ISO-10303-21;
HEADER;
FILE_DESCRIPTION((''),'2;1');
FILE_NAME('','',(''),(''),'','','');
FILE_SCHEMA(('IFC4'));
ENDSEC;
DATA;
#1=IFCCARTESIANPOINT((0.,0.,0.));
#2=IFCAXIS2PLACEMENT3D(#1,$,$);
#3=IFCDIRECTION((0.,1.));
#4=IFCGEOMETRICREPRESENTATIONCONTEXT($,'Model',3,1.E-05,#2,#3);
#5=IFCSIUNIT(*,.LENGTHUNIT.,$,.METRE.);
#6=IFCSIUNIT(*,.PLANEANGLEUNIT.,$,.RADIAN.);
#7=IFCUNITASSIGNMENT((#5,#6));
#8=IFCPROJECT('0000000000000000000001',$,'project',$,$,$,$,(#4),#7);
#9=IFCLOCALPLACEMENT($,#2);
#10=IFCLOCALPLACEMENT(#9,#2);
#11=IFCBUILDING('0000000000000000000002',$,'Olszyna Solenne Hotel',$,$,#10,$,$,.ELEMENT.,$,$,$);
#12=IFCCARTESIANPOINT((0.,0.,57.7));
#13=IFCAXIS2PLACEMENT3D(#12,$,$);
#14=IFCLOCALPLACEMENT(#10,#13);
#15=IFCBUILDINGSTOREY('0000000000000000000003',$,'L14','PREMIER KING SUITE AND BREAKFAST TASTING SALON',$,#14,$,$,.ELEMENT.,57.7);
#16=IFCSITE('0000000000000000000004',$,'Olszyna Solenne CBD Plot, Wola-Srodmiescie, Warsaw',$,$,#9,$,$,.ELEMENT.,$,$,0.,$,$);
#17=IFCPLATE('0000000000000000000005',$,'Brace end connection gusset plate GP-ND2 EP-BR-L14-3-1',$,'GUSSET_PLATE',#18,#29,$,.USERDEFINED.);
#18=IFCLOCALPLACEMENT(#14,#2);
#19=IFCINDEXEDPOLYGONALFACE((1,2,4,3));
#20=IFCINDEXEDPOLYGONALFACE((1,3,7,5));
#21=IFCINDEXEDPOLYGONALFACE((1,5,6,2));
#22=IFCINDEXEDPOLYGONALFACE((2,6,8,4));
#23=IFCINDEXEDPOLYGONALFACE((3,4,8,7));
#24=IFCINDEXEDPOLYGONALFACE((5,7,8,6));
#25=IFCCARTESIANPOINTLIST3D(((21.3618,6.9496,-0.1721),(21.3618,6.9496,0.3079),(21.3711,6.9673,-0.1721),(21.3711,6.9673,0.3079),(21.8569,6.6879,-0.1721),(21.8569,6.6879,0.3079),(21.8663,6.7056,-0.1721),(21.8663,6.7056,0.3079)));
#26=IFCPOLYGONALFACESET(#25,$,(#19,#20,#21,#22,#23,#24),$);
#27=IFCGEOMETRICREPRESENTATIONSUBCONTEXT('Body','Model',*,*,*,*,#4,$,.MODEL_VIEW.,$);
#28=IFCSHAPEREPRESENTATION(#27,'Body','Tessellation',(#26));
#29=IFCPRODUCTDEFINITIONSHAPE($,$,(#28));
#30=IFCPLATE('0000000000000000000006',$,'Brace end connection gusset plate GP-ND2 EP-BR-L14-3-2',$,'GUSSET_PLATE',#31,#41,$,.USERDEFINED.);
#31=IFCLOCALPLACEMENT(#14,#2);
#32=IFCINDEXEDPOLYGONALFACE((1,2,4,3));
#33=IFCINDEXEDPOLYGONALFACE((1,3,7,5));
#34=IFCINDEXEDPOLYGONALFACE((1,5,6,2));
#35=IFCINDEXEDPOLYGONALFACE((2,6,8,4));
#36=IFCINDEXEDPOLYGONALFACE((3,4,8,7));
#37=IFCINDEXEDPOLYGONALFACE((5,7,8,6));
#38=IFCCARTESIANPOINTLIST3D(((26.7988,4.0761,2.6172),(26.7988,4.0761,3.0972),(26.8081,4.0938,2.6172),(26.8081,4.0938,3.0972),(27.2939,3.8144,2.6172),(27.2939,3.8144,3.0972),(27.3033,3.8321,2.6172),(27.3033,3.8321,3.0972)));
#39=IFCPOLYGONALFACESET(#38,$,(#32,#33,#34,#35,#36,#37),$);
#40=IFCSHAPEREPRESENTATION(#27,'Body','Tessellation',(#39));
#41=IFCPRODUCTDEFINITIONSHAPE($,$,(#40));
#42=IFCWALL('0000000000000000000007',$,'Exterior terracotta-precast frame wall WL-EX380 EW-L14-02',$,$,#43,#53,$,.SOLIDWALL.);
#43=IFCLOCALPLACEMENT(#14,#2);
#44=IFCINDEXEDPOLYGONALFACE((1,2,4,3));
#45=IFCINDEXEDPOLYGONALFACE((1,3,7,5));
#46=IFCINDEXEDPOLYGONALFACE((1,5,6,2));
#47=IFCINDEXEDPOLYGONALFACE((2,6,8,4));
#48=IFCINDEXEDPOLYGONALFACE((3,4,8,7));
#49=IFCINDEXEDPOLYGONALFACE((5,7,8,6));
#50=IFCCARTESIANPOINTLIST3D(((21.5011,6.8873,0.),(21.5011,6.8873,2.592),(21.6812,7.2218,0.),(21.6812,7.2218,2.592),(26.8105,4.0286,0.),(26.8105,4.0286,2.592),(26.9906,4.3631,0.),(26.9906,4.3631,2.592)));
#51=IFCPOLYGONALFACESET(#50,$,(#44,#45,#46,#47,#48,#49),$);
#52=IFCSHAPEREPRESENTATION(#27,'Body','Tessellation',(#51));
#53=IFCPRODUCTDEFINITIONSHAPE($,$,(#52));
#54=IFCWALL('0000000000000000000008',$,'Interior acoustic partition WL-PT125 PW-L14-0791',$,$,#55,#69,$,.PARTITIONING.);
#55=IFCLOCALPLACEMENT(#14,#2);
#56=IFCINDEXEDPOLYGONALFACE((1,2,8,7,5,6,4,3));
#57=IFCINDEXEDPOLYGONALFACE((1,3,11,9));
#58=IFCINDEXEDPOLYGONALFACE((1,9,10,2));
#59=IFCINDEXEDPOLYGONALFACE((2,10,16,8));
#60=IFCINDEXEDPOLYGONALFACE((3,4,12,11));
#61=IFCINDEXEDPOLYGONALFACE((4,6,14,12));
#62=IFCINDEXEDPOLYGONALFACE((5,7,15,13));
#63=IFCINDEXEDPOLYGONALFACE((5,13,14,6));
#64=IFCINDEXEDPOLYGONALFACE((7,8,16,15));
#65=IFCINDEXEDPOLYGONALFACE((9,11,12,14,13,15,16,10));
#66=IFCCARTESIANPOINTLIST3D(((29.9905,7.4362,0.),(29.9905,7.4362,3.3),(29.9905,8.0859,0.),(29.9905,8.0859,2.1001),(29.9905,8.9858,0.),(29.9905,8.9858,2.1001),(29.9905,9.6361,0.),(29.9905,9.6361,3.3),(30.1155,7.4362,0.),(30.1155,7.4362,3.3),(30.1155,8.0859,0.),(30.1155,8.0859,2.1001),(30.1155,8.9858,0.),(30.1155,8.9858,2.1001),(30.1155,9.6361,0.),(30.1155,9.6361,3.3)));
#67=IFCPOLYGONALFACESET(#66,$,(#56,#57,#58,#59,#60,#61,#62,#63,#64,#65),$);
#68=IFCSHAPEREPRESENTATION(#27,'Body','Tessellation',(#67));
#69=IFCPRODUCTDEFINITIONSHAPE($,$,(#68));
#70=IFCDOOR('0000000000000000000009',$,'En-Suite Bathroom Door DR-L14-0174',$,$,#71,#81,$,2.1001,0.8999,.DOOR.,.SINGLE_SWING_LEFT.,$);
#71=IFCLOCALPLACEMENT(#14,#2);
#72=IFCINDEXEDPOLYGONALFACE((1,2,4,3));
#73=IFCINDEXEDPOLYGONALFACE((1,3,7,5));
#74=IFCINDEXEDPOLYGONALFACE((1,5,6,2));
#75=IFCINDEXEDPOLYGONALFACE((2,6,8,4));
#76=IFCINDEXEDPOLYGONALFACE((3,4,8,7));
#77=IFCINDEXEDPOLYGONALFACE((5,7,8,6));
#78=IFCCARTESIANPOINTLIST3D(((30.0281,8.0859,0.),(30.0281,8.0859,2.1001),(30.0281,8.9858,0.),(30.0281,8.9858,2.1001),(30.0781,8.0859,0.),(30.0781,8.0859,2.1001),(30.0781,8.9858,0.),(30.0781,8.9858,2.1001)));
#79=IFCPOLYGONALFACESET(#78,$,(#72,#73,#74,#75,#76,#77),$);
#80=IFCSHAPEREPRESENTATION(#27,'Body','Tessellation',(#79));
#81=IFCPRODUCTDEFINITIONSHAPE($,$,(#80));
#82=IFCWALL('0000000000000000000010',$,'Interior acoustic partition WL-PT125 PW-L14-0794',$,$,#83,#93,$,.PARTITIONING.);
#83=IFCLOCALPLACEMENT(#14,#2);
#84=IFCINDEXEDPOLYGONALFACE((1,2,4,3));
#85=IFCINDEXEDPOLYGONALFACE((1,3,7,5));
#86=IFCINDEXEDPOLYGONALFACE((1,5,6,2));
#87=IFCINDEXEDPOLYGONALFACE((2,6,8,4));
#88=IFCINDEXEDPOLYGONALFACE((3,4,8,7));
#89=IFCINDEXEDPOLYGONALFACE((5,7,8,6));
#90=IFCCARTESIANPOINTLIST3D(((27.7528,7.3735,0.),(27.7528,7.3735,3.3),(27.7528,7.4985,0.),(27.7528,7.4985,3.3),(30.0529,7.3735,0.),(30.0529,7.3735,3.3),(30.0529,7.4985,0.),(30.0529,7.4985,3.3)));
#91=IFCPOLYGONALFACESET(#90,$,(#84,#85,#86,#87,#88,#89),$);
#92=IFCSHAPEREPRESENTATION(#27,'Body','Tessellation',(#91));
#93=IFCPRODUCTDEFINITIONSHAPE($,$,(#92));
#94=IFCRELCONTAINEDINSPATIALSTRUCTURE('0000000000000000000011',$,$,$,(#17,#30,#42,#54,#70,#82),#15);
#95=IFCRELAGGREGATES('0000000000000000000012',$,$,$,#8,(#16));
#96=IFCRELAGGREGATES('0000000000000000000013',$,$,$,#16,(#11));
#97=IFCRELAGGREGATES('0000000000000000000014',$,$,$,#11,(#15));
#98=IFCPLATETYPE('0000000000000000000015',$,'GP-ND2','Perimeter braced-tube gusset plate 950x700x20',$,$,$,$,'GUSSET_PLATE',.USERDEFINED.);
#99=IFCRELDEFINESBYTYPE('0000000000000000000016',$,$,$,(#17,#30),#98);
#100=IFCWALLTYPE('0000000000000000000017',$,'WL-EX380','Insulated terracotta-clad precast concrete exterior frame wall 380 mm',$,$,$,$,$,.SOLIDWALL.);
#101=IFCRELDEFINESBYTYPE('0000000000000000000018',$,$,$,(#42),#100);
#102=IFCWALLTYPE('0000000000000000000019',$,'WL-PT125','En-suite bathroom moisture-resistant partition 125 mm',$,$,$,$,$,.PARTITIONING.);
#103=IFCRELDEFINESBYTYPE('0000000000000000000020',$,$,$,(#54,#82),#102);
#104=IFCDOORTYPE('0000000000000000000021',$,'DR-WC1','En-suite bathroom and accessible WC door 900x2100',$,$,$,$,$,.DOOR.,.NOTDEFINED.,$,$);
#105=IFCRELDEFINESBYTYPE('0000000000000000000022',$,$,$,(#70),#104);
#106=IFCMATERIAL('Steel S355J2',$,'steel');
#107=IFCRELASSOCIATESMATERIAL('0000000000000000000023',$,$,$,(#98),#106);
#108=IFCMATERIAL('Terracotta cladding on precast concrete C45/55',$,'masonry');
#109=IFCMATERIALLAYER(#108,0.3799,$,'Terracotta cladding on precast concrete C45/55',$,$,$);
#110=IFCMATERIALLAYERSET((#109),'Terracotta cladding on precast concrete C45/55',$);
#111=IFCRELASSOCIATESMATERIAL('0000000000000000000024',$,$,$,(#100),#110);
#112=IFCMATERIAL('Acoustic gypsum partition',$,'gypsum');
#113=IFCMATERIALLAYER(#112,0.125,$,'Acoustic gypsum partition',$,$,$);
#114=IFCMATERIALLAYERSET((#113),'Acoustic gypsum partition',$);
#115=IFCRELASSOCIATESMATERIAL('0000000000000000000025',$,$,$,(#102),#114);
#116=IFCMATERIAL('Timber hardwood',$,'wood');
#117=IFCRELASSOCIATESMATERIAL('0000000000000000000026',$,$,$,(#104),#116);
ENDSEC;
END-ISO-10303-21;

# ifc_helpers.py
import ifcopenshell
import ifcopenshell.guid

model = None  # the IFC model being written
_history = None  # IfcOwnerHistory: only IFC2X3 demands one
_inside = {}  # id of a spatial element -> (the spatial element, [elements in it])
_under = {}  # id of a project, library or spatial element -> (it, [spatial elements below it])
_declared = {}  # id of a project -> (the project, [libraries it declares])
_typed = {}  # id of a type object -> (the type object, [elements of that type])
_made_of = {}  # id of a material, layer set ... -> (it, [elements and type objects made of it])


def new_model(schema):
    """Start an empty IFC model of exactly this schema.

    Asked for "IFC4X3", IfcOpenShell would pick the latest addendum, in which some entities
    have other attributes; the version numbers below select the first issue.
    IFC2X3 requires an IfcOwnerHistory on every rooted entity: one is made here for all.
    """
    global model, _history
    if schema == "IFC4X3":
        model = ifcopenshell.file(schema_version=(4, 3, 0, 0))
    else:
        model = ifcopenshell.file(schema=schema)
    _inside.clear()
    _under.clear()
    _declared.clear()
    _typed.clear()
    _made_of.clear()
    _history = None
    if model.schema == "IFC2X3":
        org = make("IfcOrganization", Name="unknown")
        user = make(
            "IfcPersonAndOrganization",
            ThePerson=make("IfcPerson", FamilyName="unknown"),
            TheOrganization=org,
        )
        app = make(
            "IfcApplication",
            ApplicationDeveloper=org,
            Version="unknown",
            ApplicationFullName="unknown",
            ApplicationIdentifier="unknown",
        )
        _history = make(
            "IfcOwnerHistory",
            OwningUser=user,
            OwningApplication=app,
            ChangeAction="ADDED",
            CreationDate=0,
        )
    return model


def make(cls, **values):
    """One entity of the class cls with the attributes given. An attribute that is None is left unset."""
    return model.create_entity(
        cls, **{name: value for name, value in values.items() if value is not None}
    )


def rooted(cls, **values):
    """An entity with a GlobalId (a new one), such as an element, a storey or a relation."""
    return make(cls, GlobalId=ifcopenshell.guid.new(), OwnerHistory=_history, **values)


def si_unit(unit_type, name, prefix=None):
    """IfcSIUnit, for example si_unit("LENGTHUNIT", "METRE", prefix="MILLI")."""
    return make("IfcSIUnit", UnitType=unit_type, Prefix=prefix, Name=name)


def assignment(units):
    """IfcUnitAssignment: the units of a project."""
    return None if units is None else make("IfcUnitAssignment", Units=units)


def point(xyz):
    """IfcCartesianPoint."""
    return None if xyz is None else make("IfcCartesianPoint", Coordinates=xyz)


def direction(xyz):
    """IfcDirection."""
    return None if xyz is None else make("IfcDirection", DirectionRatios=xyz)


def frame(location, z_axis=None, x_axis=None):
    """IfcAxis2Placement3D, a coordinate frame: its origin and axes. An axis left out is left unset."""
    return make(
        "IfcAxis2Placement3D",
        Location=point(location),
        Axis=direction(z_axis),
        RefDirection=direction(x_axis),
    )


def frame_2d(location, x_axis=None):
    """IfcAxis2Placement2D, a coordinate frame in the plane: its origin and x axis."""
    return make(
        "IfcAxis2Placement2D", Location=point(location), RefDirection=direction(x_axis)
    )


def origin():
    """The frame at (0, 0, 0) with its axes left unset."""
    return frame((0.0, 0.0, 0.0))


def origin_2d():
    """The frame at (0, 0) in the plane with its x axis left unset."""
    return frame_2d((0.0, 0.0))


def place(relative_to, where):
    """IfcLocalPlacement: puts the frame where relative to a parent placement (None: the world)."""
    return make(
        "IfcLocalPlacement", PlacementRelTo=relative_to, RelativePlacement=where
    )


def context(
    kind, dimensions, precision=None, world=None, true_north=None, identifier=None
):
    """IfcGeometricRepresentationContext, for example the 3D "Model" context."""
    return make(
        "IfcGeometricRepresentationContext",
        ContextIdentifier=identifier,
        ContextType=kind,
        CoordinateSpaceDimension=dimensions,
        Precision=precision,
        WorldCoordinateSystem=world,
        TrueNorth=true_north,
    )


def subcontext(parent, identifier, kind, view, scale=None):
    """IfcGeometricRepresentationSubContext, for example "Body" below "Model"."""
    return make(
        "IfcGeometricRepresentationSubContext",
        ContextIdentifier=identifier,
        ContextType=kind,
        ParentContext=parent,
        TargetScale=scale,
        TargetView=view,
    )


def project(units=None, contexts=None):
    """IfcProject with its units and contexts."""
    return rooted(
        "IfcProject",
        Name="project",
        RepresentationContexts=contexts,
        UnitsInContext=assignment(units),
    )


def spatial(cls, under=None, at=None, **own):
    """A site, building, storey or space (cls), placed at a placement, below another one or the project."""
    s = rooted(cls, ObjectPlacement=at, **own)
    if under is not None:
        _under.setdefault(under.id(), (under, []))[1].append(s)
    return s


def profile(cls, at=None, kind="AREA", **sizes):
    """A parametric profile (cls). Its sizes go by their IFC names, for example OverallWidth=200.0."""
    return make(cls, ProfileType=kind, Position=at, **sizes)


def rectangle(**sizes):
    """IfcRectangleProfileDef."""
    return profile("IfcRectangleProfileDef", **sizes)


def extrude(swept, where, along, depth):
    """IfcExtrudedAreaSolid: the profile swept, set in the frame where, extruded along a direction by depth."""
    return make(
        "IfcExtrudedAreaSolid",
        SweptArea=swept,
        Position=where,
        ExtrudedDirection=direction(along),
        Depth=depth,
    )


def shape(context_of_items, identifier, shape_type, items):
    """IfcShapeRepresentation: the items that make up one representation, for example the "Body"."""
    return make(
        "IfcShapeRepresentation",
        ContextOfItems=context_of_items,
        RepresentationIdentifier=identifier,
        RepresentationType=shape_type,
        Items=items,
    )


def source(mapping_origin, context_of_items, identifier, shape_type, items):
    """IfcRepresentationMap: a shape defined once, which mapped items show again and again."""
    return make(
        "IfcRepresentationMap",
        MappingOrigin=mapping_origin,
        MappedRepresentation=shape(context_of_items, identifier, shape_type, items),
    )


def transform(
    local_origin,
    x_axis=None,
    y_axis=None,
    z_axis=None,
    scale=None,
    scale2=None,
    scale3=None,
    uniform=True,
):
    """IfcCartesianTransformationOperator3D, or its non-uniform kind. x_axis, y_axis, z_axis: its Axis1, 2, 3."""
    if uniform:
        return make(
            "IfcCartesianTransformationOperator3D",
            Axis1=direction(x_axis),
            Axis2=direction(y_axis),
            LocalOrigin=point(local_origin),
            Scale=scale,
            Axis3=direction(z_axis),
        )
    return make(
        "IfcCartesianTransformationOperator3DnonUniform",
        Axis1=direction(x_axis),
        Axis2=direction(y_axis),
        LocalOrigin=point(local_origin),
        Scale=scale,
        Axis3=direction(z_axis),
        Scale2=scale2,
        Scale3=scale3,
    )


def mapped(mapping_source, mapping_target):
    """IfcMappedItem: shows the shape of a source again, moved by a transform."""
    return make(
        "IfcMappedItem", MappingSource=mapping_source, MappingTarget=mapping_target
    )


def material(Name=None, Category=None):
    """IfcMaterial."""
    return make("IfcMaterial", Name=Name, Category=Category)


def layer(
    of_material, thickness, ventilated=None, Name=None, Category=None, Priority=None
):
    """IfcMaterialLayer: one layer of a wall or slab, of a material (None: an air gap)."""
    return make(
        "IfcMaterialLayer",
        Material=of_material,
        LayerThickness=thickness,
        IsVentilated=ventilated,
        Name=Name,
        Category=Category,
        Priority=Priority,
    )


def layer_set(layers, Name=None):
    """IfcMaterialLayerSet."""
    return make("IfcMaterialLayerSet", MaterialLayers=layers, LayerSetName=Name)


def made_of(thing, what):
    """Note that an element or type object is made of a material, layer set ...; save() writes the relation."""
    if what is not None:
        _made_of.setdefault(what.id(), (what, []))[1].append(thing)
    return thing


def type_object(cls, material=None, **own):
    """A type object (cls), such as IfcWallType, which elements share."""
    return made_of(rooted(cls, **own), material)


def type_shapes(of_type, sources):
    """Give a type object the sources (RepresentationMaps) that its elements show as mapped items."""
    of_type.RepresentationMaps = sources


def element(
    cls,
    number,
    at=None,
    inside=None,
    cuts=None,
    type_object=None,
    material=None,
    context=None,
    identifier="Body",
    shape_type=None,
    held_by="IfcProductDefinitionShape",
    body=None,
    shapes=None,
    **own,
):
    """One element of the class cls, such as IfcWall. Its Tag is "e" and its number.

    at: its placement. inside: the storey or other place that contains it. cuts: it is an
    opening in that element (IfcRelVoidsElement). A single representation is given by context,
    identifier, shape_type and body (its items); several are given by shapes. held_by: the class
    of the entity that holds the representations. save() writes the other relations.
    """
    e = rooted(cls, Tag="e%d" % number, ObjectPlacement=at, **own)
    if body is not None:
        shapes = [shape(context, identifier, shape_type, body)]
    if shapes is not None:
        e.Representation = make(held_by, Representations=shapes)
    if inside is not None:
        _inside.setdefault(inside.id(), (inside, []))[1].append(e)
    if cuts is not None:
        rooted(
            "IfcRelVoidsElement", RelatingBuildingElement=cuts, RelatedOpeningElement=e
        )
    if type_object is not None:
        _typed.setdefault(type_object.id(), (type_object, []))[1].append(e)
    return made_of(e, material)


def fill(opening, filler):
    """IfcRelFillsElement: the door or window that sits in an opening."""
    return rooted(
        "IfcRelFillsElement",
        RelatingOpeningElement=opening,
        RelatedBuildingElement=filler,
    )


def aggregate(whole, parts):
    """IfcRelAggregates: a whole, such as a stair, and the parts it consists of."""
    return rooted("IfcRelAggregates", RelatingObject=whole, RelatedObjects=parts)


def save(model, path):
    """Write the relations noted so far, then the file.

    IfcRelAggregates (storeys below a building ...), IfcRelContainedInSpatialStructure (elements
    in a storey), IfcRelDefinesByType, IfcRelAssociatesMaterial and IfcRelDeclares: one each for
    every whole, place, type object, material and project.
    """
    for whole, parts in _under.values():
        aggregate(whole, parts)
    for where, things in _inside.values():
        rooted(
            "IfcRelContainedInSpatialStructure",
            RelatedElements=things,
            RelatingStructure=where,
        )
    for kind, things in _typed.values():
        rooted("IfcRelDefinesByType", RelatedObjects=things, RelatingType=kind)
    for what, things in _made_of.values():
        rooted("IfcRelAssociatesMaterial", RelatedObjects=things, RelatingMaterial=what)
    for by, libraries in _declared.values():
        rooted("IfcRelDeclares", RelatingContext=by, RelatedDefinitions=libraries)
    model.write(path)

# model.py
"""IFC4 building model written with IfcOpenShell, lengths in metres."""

from ifc_helpers import new_model, si_unit, direction, frame, frame_2d, origin, origin_2d, place, context, subcontext, project, spatial, rectangle, extrude, source, transform, mapped, material, layer, layer_set, type_object, type_shapes, element, fill, save


model = new_model("IFC4")

# Units and contexts
model_context = context("Model", 3, precision=1e-05, world=origin(), true_north=direction((0.0, 1.0)))
body_context = subcontext(model_context, "Body", "Model", "MODEL_VIEW")
ifc_project = project(units=[si_unit("LENGTHUNIT", "METRE"), si_unit("PLANEANGLEUNIT", "RADIAN")], contexts=[model_context])

# Site, building, storey
site_placement = place(None, origin())
site = spatial("IfcSite", under=ifc_project, at=site_placement, Name="Olszyna Solenne CBD Plot, Wola-Srodmiescie, Warsaw", CompositionType="ELEMENT", RefElevation=0.0)
building_placement = place(site_placement, origin())
building = spatial("IfcBuilding", under=site, at=building_placement, Name="Olszyna Solenne Hotel", CompositionType="ELEMENT")
storey_placement = place(building_placement, frame((0.0, 0.0, 57.7)))
storey = spatial("IfcBuildingStorey", under=building, at=storey_placement, Name="L14", Description="PREMIER KING SUITE AND BREAKFAST TASTING SALON", CompositionType="ELEMENT", Elevation=57.7)

# Shared definitions
ifc_material_1 = material(Name="Steel S355J2", Category="steel")

# Plates
plate_type = type_object("IfcPlateType", Name="GP-ND2", Description="Perimeter braced-tube gusset plate 950x700x20", ElementType="GUSSET_PLATE", PredefinedType="USERDEFINED", material=ifc_material_1)
shared_shape_1 = source(origin(), body_context, "Body", "SweptSolid", [
    extrude(rectangle(XDim=0.5601, YDim=0.02, at=origin_2d()), origin(), (0.0, 0.0, 1.0), 0.48),
])
for number, where, z_axis, x_axis, name in (
    (1, (21.614, 6.8276, -0.1721), (0.0, 0.0, 1.0), (0.884092, -0.467313, 0.0), "Brace end connection gusset plate GP-ND2 EP-BR-L14-3-1"),
    (2, (27.051, 3.9541, 2.6172), (0.0, 0.0, 1.0), (0.884092, -0.467313, 0.0), "Brace end connection gusset plate GP-ND2 EP-BR-L14-3-2"),
):
    element("IfcPlate", number, at=place(storey_placement, frame(where, z_axis=z_axis, x_axis=x_axis)), inside=storey, type_object=plate_type, Name=name, ObjectType="GUSSET_PLATE", PredefinedType="USERDEFINED", context=body_context, shape_type="MappedRepresentation", body=[
        mapped(shared_shape_1, transform((0.0, 0.0, 0.0), x_axis=(1.0, 0.0, 0.0), y_axis=(0.0, 1.0, 0.0), z_axis=(0.0, 0.0, 1.0), scale=1.0)),
    ])

# Wall
ifc_material_2 = material(Name="Terracotta cladding on precast concrete C45/55", Category="masonry")
ifc_layer_1 = layer(ifc_material_2, 0.3799, Name="Terracotta cladding on precast concrete C45/55")
ifc_layer_set_1 = layer_set([ifc_layer_1], Name="Terracotta cladding on precast concrete C45/55")
wall_type_1 = type_object("IfcWallType", Name="WL-EX380", Description="Insulated terracotta-clad precast concrete exterior frame wall 380 mm", PredefinedType="SOLIDWALL", material=ifc_layer_set_1)
wall_1_placement = place(storey_placement, frame((26.9006, 4.1958, 0.0), z_axis=(0.0, 0.0, 1.0), x_axis=(-0.880487, 0.474071, 0.0)))
element("IfcWall", 3, at=wall_1_placement, inside=storey, type_object=wall_type_1, Name="Exterior terracotta-precast frame wall WL-EX380 EW-L14-02", PredefinedType="SOLIDWALL", context=body_context, shape_type="SweptSolid", body=[
    extrude(rectangle(XDim=6.03, YDim=0.3799, at=frame_2d((3.0151, 0.0))), origin(), (0.0, 0.0, 1.0), 2.592),
])

# Wall, opening, door
ifc_material_3 = material(Name="Acoustic gypsum partition", Category="gypsum")
ifc_layer_2 = layer(ifc_material_3, 0.125, Name="Acoustic gypsum partition")
ifc_layer_set_2 = layer_set([ifc_layer_2], Name="Acoustic gypsum partition")
wall_type_2 = type_object("IfcWallType", Name="WL-PT125", Description="En-suite bathroom moisture-resistant partition 125 mm", PredefinedType="PARTITIONING", material=ifc_layer_set_2)
wall_2_placement = place(storey_placement, frame((30.053, 7.436, 0.0), z_axis=(0.0, 0.0, 1.0), x_axis=(0.0, 1.0, 0.0)))
wall_2 = element("IfcWall", 4, at=wall_2_placement, inside=storey, type_object=wall_type_2, Name="Interior acoustic partition WL-PT125 PW-L14-0791", PredefinedType="PARTITIONING", context=body_context, shape_type="SweptSolid", body=[
    extrude(rectangle(XDim=2.2, YDim=0.125, at=frame_2d((1.1001, 0.0))), origin(), (0.0, 0.0, 1.0), 3.3),
])
opening_placement = place(wall_2_placement, frame((0.6499, 0.0, 0.0)))
opening = element("IfcOpeningElement", 5, at=opening_placement, cuts=wall_2, PredefinedType="OPENING", context=body_context, shape_type="SweptSolid", body=[
    extrude(rectangle(XDim=0.8999, YDim=2.1001, at=frame_2d((0.45, 1.05))), frame((0.0, 0.0725, 0.0), z_axis=(0.0, -1.0, 0.0), x_axis=(1.0, 0.0, 0.0)), (0.0, 0.0, 1.0), 0.145),
])
ifc_material_4 = material(Name="Timber hardwood", Category="wood")
door_type = type_object("IfcDoorType", Name="DR-WC1", Description="En-suite bathroom and accessible WC door 900x2100", OperationType="NOTDEFINED", PredefinedType="DOOR", material=ifc_material_4)
shared_shape_2 = source(origin(), body_context, "Body", "SweptSolid", [
    extrude(rectangle(XDim=0.8999, YDim=2.1001, at=frame_2d((0.45, 1.05))), frame((0.0, 0.0249, 0.0), z_axis=(0.0, -1.0, 0.0), x_axis=(1.0, 0.0, 0.0)), (0.0, 0.0, 1.0), 0.05),
])
type_shapes(door_type, [shared_shape_2])
door_placement = place(opening_placement, origin())
door = element("IfcDoor", 6, at=door_placement, inside=storey, type_object=door_type, Name="En-Suite Bathroom Door DR-L14-0174", OperationType="SINGLE_SWING_LEFT", OverallHeight=2.1001, OverallWidth=0.8999, PredefinedType="DOOR", context=body_context, shape_type="MappedRepresentation", body=[
    mapped(shared_shape_2, transform((0.0, 0.0, 0.0), x_axis=(1.0, 0.0, 0.0), y_axis=(0.0, 1.0, 0.0), z_axis=(0.0, 0.0, 1.0), scale=1.0)),
])
fill(opening, door)

# Wall
wall_3_placement = place(storey_placement, frame((27.7529, 7.436, 0.0), z_axis=(0.0, 0.0, 1.0), x_axis=(1.0, 0.0, 0.0)))
element("IfcWall", 7, at=wall_3_placement, inside=storey, type_object=wall_type_2, Name="Interior acoustic partition WL-PT125 PW-L14-0794", PredefinedType="PARTITIONING", context=body_context, shape_type="SweptSolid", body=[
    extrude(rectangle(XDim=2.3, YDim=0.125, at=frame_2d((1.1499, 0.0))), origin(), (0.0, 0.0, 1.0), 3.3),
])

save(model, "model.ifc")
